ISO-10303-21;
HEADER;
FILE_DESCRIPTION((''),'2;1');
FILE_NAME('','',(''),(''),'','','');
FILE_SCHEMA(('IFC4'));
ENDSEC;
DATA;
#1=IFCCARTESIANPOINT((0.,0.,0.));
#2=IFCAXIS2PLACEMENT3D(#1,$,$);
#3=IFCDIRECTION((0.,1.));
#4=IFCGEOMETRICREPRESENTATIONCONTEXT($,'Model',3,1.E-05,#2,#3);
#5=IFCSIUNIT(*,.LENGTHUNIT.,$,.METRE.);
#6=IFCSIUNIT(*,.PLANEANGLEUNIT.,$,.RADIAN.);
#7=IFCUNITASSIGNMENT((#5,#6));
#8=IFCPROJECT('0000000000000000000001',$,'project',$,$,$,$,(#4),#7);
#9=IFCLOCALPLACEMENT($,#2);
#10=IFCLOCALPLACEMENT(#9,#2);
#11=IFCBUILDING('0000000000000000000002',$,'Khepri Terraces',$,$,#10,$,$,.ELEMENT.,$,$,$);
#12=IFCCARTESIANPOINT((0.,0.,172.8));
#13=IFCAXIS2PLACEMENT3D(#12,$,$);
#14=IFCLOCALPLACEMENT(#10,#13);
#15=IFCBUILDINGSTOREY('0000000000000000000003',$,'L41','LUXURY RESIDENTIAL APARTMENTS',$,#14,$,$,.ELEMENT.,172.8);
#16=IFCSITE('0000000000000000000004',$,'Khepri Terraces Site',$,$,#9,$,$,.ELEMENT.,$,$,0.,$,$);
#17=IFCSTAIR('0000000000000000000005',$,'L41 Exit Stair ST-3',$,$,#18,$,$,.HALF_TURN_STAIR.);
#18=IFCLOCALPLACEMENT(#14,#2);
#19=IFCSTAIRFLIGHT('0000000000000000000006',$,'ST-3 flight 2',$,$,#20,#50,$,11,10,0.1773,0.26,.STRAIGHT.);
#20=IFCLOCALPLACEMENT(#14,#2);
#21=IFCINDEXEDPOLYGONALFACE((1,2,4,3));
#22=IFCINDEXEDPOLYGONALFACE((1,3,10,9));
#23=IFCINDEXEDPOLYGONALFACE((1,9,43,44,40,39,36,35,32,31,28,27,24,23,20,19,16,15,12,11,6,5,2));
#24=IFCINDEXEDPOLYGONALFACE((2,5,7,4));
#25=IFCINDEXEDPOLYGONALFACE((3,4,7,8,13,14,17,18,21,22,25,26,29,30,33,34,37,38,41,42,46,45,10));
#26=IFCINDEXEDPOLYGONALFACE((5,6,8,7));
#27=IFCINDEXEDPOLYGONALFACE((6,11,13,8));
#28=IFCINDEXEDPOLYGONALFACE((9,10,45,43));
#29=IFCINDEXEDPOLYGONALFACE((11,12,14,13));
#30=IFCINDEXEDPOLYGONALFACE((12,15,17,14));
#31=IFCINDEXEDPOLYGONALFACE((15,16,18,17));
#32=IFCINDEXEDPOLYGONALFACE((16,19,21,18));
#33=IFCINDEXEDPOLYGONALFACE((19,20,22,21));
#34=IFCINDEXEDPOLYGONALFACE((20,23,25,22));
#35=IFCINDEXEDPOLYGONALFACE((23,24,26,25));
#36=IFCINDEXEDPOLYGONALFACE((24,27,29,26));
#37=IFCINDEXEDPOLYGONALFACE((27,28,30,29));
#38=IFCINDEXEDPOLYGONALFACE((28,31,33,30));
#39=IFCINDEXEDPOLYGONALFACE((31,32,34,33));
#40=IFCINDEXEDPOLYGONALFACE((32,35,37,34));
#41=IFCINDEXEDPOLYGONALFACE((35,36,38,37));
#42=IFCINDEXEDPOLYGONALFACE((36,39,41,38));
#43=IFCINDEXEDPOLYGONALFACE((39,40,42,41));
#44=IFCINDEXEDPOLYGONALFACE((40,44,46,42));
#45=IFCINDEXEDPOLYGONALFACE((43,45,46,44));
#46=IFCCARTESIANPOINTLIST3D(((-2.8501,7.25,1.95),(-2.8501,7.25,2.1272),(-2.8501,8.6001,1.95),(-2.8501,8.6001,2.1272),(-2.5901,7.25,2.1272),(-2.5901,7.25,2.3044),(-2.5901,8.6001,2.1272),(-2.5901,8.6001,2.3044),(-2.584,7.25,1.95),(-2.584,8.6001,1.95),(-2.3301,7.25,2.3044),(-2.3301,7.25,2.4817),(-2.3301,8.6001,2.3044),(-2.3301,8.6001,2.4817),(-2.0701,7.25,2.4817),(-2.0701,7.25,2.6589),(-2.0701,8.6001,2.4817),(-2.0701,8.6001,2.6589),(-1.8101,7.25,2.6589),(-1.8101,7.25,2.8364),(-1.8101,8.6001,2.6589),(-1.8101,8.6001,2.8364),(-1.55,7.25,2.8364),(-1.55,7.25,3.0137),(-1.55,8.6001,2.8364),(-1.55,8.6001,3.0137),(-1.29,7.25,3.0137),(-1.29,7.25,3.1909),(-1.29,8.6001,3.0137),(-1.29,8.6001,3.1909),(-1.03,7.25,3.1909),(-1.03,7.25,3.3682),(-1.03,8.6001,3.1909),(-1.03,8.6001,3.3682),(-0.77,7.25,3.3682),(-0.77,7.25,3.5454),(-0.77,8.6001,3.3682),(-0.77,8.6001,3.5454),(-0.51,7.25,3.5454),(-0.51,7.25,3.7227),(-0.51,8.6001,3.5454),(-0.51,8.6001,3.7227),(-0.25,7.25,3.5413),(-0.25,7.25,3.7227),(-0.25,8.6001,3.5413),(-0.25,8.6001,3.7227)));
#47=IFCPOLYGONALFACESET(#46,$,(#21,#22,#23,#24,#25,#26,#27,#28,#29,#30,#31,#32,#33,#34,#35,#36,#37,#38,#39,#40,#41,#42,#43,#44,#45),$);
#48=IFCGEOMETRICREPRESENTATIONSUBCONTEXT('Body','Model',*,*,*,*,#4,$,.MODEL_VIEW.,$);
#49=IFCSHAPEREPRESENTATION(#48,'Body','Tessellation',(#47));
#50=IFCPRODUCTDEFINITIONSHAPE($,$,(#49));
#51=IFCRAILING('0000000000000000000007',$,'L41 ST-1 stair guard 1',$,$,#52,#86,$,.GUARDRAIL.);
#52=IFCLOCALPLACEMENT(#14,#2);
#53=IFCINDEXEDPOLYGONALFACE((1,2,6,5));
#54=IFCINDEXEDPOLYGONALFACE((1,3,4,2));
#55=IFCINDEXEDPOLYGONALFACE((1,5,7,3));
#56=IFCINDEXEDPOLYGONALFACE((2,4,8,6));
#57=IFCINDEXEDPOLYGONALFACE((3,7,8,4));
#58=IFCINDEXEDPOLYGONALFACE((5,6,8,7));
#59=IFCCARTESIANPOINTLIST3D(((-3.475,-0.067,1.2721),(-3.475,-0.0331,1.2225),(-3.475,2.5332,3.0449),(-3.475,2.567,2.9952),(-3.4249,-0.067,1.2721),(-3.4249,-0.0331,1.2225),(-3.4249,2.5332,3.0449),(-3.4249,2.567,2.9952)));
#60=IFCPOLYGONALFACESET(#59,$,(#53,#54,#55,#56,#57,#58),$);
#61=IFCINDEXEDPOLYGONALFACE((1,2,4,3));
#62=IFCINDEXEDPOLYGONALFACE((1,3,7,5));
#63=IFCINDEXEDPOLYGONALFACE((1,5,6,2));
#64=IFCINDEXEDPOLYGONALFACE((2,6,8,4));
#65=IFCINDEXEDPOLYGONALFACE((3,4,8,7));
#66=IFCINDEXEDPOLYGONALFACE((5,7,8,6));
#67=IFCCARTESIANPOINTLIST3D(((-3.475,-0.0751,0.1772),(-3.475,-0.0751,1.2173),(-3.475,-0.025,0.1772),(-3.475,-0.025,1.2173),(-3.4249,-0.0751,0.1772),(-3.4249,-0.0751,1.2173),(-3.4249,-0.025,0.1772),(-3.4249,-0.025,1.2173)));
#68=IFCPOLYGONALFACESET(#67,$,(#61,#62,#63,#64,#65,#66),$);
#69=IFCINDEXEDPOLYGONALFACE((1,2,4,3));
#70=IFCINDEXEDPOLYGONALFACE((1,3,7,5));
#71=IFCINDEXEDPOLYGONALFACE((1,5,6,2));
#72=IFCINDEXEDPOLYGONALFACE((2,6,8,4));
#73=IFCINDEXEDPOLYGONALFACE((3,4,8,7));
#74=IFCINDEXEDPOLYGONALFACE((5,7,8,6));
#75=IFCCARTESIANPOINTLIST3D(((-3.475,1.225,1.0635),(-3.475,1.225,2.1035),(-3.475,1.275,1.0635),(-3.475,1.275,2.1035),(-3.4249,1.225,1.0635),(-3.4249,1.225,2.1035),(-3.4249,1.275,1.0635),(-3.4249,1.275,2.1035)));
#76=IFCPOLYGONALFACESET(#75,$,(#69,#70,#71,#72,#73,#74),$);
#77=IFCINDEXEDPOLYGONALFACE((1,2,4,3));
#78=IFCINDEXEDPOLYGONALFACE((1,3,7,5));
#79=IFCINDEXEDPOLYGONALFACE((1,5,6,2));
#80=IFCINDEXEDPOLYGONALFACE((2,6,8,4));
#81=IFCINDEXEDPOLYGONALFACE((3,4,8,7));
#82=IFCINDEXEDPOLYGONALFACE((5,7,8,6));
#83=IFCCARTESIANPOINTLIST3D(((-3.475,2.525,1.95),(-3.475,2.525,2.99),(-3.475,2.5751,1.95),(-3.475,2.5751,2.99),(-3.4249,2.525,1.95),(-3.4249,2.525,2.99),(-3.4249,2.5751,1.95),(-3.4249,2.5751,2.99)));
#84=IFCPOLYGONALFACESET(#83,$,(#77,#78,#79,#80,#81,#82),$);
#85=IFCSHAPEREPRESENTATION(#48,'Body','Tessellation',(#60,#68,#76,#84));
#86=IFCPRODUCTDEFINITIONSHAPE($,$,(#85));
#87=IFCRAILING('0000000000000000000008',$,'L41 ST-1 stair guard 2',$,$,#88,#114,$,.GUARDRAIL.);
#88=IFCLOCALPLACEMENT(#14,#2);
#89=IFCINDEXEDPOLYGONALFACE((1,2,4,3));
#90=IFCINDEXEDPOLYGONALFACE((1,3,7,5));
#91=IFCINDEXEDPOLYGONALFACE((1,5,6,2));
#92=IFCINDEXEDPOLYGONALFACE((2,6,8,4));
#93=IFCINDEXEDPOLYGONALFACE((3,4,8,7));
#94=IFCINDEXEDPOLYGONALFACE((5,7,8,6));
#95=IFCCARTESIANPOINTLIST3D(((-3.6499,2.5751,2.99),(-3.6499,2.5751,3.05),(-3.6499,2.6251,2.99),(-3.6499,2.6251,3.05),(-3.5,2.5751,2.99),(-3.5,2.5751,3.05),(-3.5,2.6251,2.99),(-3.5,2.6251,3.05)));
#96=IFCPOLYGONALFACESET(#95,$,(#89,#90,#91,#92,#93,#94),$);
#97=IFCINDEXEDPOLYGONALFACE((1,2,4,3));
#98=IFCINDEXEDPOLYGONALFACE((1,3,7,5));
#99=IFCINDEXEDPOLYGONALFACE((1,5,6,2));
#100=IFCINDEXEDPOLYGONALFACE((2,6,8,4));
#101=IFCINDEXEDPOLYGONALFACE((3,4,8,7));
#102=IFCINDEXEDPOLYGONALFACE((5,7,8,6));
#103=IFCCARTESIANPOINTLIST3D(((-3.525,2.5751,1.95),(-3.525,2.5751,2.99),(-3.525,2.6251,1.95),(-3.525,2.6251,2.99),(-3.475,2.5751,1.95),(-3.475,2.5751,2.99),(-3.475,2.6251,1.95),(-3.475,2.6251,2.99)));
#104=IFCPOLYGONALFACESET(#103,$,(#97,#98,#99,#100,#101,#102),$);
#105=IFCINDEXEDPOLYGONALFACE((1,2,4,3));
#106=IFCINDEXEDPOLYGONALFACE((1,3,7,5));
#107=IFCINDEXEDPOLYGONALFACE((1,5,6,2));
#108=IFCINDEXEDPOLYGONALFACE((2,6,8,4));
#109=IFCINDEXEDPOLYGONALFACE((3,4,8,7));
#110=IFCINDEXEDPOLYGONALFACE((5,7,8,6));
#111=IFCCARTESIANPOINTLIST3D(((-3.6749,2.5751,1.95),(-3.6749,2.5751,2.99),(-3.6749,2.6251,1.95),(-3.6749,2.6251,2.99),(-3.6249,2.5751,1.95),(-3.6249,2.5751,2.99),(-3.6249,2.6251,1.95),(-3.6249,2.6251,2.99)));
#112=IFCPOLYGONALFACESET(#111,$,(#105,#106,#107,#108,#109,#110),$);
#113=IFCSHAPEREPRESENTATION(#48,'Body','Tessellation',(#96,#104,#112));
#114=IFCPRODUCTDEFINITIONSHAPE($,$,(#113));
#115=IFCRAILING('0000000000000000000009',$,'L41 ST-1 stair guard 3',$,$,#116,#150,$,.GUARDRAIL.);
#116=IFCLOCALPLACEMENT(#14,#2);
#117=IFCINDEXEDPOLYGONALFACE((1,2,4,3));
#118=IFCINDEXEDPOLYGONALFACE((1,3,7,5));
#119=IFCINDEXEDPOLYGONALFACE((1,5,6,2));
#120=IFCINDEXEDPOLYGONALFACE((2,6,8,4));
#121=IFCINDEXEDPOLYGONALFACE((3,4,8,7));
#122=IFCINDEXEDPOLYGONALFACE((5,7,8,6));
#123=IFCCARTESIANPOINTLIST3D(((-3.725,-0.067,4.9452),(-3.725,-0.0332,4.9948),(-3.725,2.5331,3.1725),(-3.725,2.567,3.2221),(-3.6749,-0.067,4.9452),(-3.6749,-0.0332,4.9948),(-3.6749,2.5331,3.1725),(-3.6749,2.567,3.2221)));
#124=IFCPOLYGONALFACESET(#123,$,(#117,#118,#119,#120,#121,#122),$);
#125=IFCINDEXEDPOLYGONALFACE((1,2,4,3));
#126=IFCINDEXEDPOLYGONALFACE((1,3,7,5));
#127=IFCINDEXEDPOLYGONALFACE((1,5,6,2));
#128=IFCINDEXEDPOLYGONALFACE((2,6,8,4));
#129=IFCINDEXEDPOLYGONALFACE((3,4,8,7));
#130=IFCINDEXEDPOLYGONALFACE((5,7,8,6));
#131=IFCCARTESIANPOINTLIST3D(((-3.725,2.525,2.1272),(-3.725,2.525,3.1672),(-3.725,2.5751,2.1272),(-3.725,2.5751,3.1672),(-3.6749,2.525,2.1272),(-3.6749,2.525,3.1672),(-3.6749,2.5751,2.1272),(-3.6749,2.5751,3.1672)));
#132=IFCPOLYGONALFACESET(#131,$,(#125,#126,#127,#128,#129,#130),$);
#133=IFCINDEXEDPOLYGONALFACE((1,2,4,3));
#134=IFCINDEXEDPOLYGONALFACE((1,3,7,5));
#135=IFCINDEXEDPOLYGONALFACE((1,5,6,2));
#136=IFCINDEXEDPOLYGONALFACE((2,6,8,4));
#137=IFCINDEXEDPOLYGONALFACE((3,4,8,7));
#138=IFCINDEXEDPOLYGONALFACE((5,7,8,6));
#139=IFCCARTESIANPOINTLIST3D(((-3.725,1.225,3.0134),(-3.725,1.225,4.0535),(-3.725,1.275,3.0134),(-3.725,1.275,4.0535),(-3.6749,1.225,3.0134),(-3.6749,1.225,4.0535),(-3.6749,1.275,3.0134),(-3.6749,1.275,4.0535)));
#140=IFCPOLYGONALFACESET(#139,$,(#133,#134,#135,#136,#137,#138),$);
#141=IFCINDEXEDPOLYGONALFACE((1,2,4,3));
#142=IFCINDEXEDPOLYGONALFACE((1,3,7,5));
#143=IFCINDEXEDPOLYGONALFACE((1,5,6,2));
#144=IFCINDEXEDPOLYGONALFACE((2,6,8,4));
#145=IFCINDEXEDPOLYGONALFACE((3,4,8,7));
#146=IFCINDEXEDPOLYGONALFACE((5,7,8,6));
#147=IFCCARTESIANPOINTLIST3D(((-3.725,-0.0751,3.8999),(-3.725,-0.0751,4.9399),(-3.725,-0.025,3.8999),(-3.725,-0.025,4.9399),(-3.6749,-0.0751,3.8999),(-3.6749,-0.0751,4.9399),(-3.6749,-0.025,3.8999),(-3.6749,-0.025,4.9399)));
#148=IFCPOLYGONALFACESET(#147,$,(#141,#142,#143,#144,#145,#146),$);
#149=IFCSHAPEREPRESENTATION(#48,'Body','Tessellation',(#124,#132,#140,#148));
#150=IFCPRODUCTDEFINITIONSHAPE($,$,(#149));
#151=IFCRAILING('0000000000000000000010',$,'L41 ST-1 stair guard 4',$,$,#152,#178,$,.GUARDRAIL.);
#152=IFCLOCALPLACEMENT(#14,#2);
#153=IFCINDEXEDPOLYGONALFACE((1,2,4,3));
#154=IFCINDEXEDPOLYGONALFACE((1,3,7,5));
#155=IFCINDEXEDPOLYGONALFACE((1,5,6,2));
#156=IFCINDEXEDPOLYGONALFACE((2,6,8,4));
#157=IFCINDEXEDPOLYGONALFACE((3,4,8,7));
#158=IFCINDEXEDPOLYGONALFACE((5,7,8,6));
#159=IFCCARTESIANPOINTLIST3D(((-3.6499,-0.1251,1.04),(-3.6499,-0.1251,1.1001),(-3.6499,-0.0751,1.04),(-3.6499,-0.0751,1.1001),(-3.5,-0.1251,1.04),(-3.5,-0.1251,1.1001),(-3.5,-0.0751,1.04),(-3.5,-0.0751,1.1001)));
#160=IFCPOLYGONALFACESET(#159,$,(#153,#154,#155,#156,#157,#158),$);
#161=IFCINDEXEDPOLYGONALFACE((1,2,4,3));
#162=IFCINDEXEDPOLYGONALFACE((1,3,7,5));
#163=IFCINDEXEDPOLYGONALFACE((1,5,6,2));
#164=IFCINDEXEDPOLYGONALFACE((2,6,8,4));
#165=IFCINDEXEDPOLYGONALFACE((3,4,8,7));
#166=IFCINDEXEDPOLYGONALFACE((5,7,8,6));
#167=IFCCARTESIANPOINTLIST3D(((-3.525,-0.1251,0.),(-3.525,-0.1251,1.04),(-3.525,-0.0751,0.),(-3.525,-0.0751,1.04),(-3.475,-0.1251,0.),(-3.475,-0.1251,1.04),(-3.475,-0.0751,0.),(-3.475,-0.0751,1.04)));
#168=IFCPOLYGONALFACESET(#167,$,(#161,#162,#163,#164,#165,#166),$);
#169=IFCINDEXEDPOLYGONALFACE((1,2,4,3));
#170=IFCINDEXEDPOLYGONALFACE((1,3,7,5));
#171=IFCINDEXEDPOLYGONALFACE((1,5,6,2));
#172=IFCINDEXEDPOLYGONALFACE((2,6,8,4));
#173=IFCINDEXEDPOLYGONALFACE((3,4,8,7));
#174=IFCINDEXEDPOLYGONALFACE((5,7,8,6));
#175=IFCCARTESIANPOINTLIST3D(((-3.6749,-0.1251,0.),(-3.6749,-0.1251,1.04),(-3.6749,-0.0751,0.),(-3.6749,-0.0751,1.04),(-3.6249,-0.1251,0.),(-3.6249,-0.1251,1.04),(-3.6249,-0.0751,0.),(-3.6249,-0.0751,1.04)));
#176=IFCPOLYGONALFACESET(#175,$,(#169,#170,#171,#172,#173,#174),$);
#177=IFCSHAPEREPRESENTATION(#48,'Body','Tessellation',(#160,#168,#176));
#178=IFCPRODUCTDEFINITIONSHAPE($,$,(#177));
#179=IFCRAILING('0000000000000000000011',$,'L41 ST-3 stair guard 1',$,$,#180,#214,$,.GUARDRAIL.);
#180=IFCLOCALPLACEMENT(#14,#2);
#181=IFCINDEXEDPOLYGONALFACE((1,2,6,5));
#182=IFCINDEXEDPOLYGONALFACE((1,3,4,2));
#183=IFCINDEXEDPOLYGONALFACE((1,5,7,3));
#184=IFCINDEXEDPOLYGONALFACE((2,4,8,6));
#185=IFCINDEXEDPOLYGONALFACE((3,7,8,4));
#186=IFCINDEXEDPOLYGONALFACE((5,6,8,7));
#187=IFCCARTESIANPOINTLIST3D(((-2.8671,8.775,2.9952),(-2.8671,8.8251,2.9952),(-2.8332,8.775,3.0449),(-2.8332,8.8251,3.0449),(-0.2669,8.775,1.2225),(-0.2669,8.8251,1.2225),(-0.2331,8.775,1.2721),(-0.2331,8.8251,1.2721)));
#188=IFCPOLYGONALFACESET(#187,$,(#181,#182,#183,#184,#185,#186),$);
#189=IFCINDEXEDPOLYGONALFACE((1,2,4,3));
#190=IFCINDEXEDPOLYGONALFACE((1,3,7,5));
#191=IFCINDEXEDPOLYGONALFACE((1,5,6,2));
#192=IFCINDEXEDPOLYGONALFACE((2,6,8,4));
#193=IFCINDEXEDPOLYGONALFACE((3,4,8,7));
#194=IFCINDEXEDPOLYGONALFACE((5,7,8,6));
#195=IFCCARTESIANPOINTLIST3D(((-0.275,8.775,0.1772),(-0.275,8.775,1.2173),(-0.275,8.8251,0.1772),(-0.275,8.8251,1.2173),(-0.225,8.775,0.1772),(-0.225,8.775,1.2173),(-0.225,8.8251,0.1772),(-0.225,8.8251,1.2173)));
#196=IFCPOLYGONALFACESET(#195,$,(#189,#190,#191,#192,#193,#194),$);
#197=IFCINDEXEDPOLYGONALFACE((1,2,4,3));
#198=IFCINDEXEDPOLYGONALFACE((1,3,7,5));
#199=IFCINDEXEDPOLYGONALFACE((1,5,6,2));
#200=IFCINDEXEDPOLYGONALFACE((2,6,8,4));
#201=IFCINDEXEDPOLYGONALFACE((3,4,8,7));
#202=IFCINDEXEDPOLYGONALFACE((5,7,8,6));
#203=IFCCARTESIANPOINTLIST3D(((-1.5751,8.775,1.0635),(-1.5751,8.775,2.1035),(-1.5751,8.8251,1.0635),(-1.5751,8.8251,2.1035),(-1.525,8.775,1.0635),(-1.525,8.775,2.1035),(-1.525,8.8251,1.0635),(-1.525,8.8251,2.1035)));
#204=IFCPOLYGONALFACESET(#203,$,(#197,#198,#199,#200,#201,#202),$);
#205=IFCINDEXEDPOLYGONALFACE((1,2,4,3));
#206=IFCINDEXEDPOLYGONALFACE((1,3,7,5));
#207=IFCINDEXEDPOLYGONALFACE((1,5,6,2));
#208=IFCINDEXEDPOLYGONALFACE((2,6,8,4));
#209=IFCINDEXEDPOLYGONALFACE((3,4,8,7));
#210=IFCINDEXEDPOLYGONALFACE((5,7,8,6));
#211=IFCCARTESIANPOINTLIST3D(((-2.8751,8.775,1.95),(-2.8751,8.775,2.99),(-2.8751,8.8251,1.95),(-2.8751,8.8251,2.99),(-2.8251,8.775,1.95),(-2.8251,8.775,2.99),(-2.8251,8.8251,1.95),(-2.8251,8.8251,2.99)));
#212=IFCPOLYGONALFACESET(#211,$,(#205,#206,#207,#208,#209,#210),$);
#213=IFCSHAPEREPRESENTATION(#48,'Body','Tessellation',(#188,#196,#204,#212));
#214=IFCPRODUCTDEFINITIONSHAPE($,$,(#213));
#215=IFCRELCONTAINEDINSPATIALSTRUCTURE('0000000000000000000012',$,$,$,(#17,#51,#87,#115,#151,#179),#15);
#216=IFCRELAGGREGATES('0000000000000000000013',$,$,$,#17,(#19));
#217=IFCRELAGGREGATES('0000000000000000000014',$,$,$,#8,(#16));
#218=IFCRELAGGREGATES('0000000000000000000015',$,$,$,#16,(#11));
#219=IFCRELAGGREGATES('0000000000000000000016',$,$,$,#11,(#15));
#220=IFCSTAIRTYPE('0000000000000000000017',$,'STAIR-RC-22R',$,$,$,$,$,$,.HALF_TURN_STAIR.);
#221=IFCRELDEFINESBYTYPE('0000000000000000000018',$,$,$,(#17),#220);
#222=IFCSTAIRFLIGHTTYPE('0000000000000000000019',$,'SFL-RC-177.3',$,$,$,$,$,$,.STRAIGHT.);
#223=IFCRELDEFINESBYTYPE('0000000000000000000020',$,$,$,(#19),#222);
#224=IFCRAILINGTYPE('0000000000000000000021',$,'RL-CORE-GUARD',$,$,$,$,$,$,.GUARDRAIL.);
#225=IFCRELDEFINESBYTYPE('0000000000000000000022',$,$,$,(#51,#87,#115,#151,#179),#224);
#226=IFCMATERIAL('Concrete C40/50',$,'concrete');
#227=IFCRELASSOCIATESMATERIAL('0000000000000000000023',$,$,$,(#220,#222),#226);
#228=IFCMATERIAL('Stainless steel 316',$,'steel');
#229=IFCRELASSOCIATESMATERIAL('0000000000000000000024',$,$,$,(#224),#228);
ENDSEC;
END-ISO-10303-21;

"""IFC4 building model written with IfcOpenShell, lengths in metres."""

from ifc_helpers import new_model, si_unit, direction, frame, origin, origin_2d, place, context, subcontext, project, spatial, polyline, rectangle, outline, extrude, material, type_object, element, aggregate, save


model = new_model("IFC4")

# Units and contexts
model_context = context("Model", 3, precision=1e-05, world=origin(), true_north=direction((0.0, 1.0)))
body_context = subcontext(model_context, "Body", "Model", "MODEL_VIEW")
ifc_project = project(units=[si_unit("LENGTHUNIT", "METRE"), si_unit("PLANEANGLEUNIT", "RADIAN")], contexts=[model_context])

# Site, building, storey
site_placement = place(None, origin())
site = spatial("IfcSite", under=ifc_project, at=site_placement, Name="Khepri Terraces Site", CompositionType="ELEMENT", RefElevation=0.0)
building_placement = place(site_placement, origin())
building = spatial("IfcBuilding", under=site, at=building_placement, Name="Khepri Terraces", CompositionType="ELEMENT")
storey_placement = place(building_placement, frame((0.0, 0.0, 172.8)))
storey = spatial("IfcBuildingStorey", under=building, at=storey_placement, Name="L41", Description="LUXURY RESIDENTIAL APARTMENTS", CompositionType="ELEMENT", Elevation=172.8)

# Shared definitions
ifc_material_1 = material(Name="Concrete C40/50", Category="concrete")
stair_type = type_object("IfcStairType", Name="STAIR-RC-22R", PredefinedType="HALF_TURN_STAIR", material=ifc_material_1)
stair_flight_type = type_object("IfcStairFlightType", Name="SFL-RC-177.3", PredefinedType="STRAIGHT", material=ifc_material_1)

# Stair, stair flight
stair_1_placement = place(storey_placement, origin())
stair_1 = element("IfcStair", 1, at=stair_1_placement, inside=storey, type_object=stair_type, Name="L41 Exit Stair ST-3", PredefinedType="HALF_TURN_STAIR")
stair_flight_1_placement = place(storey_placement, frame((-2.8501, 7.925, 1.95), z_axis=(0.0, 0.0, 1.0), x_axis=(1.0, 0.0, 0.0)))
stair_flight_1 = element("IfcStairFlight", 2, at=stair_flight_1_placement, type_object=stair_flight_type, Name="ST-3 flight 2", NumberOfRisers=11, NumberOfTreads=10, PredefinedType="STRAIGHT", RiserHeight=0.1773, TreadLength=0.26, context=body_context, shape_type="SweptSolid", body=[
    extrude(outline(polyline([(0.0, 0.0), (0.0, 0.1772), (0.26, 0.1772), (0.26, 0.3545), (0.52, 0.3545), (0.52, 0.5317), (0.78, 0.5317), (0.78, 0.709), (1.04, 0.709), (1.04, 0.8865), (1.3, 0.8865), (1.3, 1.0637), (1.5601, 1.0637), (1.5601, 1.241), (1.8201, 1.241), (1.8201, 1.4182), (2.0801, 1.4182), (2.0801, 1.5955), (2.3401, 1.5955), (2.3401, 1.7727), (2.6001, 1.7727), (2.6001, 1.95), (2.6001, 1.5913), (0.2661, 0.0), (0.0, 0.0)])), frame((0.0, 0.675, 0.0), z_axis=(0.0, -1.0, 0.0), x_axis=(1.0, 0.0, 0.0)), (0.0, 0.0, 1.0), 1.3501),
])
aggregate(stair_1, [stair_flight_1])

# Railings
ifc_material_2 = material(Name="Stainless steel 316", Category="steel")
railing_type_1 = type_object("IfcRailingType", Name="RL-CORE-GUARD", PredefinedType="GUARDRAIL", material=ifc_material_2)
railing_1_placement = place(storey_placement, frame((-3.45, -0.05, 0.1772)))
element("IfcRailing", 3, at=railing_1_placement, inside=storey, type_object=railing_type_1, Name="L41 ST-1 stair guard 1", PredefinedType="GUARDRAIL", context=body_context, shape_type="SweptSolid", body=[
    extrude(rectangle(XDim=0.05, YDim=0.0601, at=origin_2d()), frame((0.0, 0.0, 1.0701), z_axis=(0.0, 0.82624, 0.563318), x_axis=(-1.0, 0.0, 0.0)), (0.0, 0.0, 1.0), 3.147),
    extrude(rectangle(XDim=0.05, YDim=0.05, at=origin_2d()), origin(), (0.0, 0.0, 1.0), 1.04),
    extrude(rectangle(XDim=0.05, YDim=0.05, at=origin_2d()), frame((0.0, 1.3, 0.8862)), (0.0, 0.0, 1.0), 1.04),
    extrude(rectangle(XDim=0.05, YDim=0.05, at=origin_2d()), frame((0.0, 2.6001, 1.7727)), (0.0, 0.0, 1.0), 1.04),
])
railing_2_placement = place(storey_placement, frame((-3.5, 2.6001, 1.95)))
element("IfcRailing", 4, at=railing_2_placement, inside=storey, type_object=railing_type_1, Name="L41 ST-1 stair guard 2", PredefinedType="GUARDRAIL", context=body_context, shape_type="SweptSolid", body=[
    extrude(rectangle(XDim=0.05, YDim=0.0601, at=origin_2d()), frame((0.0, 0.0, 1.0701), z_axis=(-1.0, 0.0, 0.0), x_axis=(0.0, -1.0, 0.0)), (0.0, 0.0, 1.0), 0.1499),
    extrude(rectangle(XDim=0.05, YDim=0.05, at=origin_2d()), origin(), (0.0, 0.0, 1.0), 1.04),
    extrude(rectangle(XDim=0.05, YDim=0.05, at=origin_2d()), frame((-0.1499, 0.0, 0.0)), (0.0, 0.0, 1.0), 1.04),
])
railing_3_placement = place(storey_placement, frame((-3.7, 2.55, 2.1272)))
element("IfcRailing", 5, at=railing_3_placement, inside=storey, type_object=railing_type_1, Name="L41 ST-1 stair guard 3", PredefinedType="GUARDRAIL", context=body_context, shape_type="SweptSolid", body=[
    extrude(rectangle(XDim=0.05, YDim=0.0601, at=origin_2d()), frame((0.0, 0.0, 1.0701), z_axis=(0.0, -0.82624, 0.563318), x_axis=(1.0, 0.0, 0.0)), (0.0, 0.0, 1.0), 3.147),
    extrude(rectangle(XDim=0.05, YDim=0.05, at=origin_2d()), origin(), (0.0, 0.0, 1.0), 1.04),
    extrude(rectangle(XDim=0.05, YDim=0.05, at=origin_2d()), frame((0.0, -1.3, 0.8862)), (0.0, 0.0, 1.0), 1.04),
    extrude(rectangle(XDim=0.05, YDim=0.05, at=origin_2d()), frame((0.0, -2.6001, 1.7727)), (0.0, 0.0, 1.0), 1.04),
])
railing_4_placement = place(storey_placement, frame((-3.5, -0.1001, 0.0)))
element("IfcRailing", 6, at=railing_4_placement, inside=storey, type_object=railing_type_1, Name="L41 ST-1 stair guard 4", PredefinedType="GUARDRAIL", context=body_context, shape_type="SweptSolid", body=[
    extrude(rectangle(XDim=0.05, YDim=0.0601, at=origin_2d()), frame((0.0, 0.0, 1.0701), z_axis=(-1.0, 0.0, 0.0), x_axis=(0.0, -1.0, 0.0)), (0.0, 0.0, 1.0), 0.1499),
    extrude(rectangle(XDim=0.05, YDim=0.05, at=origin_2d()), origin(), (0.0, 0.0, 1.0), 1.04),
    extrude(rectangle(XDim=0.05, YDim=0.05, at=origin_2d()), frame((-0.1499, 0.0, 0.0)), (0.0, 0.0, 1.0), 1.04),
])
railing_5_placement = place(storey_placement, frame((-0.25, 8.8, 0.1772)))
element("IfcRailing", 7, at=railing_5_placement, inside=storey, type_object=railing_type_1, Name="L41 ST-3 stair guard 1", PredefinedType="GUARDRAIL", context=body_context, shape_type="SweptSolid", body=[
    extrude(rectangle(XDim=0.05, YDim=0.0601, at=origin_2d()), frame((0.0, 0.0, 1.0701), z_axis=(-0.82624, 0.0, 0.563318), x_axis=(0.0, -1.0, 0.0)), (0.0, 0.0, 1.0), 3.147),
    extrude(rectangle(XDim=0.05, YDim=0.05, at=origin_2d()), origin(), (0.0, 0.0, 1.0), 1.04),
    extrude(rectangle(XDim=0.05, YDim=0.05, at=origin_2d()), frame((-1.3, 0.0, 0.8862)), (0.0, 0.0, 1.0), 1.04),
    extrude(rectangle(XDim=0.05, YDim=0.05, at=origin_2d()), frame((-2.6001, 0.0, 1.7727)), (0.0, 0.0, 1.0), 1.04),
])

save(model, "model.ifc")
